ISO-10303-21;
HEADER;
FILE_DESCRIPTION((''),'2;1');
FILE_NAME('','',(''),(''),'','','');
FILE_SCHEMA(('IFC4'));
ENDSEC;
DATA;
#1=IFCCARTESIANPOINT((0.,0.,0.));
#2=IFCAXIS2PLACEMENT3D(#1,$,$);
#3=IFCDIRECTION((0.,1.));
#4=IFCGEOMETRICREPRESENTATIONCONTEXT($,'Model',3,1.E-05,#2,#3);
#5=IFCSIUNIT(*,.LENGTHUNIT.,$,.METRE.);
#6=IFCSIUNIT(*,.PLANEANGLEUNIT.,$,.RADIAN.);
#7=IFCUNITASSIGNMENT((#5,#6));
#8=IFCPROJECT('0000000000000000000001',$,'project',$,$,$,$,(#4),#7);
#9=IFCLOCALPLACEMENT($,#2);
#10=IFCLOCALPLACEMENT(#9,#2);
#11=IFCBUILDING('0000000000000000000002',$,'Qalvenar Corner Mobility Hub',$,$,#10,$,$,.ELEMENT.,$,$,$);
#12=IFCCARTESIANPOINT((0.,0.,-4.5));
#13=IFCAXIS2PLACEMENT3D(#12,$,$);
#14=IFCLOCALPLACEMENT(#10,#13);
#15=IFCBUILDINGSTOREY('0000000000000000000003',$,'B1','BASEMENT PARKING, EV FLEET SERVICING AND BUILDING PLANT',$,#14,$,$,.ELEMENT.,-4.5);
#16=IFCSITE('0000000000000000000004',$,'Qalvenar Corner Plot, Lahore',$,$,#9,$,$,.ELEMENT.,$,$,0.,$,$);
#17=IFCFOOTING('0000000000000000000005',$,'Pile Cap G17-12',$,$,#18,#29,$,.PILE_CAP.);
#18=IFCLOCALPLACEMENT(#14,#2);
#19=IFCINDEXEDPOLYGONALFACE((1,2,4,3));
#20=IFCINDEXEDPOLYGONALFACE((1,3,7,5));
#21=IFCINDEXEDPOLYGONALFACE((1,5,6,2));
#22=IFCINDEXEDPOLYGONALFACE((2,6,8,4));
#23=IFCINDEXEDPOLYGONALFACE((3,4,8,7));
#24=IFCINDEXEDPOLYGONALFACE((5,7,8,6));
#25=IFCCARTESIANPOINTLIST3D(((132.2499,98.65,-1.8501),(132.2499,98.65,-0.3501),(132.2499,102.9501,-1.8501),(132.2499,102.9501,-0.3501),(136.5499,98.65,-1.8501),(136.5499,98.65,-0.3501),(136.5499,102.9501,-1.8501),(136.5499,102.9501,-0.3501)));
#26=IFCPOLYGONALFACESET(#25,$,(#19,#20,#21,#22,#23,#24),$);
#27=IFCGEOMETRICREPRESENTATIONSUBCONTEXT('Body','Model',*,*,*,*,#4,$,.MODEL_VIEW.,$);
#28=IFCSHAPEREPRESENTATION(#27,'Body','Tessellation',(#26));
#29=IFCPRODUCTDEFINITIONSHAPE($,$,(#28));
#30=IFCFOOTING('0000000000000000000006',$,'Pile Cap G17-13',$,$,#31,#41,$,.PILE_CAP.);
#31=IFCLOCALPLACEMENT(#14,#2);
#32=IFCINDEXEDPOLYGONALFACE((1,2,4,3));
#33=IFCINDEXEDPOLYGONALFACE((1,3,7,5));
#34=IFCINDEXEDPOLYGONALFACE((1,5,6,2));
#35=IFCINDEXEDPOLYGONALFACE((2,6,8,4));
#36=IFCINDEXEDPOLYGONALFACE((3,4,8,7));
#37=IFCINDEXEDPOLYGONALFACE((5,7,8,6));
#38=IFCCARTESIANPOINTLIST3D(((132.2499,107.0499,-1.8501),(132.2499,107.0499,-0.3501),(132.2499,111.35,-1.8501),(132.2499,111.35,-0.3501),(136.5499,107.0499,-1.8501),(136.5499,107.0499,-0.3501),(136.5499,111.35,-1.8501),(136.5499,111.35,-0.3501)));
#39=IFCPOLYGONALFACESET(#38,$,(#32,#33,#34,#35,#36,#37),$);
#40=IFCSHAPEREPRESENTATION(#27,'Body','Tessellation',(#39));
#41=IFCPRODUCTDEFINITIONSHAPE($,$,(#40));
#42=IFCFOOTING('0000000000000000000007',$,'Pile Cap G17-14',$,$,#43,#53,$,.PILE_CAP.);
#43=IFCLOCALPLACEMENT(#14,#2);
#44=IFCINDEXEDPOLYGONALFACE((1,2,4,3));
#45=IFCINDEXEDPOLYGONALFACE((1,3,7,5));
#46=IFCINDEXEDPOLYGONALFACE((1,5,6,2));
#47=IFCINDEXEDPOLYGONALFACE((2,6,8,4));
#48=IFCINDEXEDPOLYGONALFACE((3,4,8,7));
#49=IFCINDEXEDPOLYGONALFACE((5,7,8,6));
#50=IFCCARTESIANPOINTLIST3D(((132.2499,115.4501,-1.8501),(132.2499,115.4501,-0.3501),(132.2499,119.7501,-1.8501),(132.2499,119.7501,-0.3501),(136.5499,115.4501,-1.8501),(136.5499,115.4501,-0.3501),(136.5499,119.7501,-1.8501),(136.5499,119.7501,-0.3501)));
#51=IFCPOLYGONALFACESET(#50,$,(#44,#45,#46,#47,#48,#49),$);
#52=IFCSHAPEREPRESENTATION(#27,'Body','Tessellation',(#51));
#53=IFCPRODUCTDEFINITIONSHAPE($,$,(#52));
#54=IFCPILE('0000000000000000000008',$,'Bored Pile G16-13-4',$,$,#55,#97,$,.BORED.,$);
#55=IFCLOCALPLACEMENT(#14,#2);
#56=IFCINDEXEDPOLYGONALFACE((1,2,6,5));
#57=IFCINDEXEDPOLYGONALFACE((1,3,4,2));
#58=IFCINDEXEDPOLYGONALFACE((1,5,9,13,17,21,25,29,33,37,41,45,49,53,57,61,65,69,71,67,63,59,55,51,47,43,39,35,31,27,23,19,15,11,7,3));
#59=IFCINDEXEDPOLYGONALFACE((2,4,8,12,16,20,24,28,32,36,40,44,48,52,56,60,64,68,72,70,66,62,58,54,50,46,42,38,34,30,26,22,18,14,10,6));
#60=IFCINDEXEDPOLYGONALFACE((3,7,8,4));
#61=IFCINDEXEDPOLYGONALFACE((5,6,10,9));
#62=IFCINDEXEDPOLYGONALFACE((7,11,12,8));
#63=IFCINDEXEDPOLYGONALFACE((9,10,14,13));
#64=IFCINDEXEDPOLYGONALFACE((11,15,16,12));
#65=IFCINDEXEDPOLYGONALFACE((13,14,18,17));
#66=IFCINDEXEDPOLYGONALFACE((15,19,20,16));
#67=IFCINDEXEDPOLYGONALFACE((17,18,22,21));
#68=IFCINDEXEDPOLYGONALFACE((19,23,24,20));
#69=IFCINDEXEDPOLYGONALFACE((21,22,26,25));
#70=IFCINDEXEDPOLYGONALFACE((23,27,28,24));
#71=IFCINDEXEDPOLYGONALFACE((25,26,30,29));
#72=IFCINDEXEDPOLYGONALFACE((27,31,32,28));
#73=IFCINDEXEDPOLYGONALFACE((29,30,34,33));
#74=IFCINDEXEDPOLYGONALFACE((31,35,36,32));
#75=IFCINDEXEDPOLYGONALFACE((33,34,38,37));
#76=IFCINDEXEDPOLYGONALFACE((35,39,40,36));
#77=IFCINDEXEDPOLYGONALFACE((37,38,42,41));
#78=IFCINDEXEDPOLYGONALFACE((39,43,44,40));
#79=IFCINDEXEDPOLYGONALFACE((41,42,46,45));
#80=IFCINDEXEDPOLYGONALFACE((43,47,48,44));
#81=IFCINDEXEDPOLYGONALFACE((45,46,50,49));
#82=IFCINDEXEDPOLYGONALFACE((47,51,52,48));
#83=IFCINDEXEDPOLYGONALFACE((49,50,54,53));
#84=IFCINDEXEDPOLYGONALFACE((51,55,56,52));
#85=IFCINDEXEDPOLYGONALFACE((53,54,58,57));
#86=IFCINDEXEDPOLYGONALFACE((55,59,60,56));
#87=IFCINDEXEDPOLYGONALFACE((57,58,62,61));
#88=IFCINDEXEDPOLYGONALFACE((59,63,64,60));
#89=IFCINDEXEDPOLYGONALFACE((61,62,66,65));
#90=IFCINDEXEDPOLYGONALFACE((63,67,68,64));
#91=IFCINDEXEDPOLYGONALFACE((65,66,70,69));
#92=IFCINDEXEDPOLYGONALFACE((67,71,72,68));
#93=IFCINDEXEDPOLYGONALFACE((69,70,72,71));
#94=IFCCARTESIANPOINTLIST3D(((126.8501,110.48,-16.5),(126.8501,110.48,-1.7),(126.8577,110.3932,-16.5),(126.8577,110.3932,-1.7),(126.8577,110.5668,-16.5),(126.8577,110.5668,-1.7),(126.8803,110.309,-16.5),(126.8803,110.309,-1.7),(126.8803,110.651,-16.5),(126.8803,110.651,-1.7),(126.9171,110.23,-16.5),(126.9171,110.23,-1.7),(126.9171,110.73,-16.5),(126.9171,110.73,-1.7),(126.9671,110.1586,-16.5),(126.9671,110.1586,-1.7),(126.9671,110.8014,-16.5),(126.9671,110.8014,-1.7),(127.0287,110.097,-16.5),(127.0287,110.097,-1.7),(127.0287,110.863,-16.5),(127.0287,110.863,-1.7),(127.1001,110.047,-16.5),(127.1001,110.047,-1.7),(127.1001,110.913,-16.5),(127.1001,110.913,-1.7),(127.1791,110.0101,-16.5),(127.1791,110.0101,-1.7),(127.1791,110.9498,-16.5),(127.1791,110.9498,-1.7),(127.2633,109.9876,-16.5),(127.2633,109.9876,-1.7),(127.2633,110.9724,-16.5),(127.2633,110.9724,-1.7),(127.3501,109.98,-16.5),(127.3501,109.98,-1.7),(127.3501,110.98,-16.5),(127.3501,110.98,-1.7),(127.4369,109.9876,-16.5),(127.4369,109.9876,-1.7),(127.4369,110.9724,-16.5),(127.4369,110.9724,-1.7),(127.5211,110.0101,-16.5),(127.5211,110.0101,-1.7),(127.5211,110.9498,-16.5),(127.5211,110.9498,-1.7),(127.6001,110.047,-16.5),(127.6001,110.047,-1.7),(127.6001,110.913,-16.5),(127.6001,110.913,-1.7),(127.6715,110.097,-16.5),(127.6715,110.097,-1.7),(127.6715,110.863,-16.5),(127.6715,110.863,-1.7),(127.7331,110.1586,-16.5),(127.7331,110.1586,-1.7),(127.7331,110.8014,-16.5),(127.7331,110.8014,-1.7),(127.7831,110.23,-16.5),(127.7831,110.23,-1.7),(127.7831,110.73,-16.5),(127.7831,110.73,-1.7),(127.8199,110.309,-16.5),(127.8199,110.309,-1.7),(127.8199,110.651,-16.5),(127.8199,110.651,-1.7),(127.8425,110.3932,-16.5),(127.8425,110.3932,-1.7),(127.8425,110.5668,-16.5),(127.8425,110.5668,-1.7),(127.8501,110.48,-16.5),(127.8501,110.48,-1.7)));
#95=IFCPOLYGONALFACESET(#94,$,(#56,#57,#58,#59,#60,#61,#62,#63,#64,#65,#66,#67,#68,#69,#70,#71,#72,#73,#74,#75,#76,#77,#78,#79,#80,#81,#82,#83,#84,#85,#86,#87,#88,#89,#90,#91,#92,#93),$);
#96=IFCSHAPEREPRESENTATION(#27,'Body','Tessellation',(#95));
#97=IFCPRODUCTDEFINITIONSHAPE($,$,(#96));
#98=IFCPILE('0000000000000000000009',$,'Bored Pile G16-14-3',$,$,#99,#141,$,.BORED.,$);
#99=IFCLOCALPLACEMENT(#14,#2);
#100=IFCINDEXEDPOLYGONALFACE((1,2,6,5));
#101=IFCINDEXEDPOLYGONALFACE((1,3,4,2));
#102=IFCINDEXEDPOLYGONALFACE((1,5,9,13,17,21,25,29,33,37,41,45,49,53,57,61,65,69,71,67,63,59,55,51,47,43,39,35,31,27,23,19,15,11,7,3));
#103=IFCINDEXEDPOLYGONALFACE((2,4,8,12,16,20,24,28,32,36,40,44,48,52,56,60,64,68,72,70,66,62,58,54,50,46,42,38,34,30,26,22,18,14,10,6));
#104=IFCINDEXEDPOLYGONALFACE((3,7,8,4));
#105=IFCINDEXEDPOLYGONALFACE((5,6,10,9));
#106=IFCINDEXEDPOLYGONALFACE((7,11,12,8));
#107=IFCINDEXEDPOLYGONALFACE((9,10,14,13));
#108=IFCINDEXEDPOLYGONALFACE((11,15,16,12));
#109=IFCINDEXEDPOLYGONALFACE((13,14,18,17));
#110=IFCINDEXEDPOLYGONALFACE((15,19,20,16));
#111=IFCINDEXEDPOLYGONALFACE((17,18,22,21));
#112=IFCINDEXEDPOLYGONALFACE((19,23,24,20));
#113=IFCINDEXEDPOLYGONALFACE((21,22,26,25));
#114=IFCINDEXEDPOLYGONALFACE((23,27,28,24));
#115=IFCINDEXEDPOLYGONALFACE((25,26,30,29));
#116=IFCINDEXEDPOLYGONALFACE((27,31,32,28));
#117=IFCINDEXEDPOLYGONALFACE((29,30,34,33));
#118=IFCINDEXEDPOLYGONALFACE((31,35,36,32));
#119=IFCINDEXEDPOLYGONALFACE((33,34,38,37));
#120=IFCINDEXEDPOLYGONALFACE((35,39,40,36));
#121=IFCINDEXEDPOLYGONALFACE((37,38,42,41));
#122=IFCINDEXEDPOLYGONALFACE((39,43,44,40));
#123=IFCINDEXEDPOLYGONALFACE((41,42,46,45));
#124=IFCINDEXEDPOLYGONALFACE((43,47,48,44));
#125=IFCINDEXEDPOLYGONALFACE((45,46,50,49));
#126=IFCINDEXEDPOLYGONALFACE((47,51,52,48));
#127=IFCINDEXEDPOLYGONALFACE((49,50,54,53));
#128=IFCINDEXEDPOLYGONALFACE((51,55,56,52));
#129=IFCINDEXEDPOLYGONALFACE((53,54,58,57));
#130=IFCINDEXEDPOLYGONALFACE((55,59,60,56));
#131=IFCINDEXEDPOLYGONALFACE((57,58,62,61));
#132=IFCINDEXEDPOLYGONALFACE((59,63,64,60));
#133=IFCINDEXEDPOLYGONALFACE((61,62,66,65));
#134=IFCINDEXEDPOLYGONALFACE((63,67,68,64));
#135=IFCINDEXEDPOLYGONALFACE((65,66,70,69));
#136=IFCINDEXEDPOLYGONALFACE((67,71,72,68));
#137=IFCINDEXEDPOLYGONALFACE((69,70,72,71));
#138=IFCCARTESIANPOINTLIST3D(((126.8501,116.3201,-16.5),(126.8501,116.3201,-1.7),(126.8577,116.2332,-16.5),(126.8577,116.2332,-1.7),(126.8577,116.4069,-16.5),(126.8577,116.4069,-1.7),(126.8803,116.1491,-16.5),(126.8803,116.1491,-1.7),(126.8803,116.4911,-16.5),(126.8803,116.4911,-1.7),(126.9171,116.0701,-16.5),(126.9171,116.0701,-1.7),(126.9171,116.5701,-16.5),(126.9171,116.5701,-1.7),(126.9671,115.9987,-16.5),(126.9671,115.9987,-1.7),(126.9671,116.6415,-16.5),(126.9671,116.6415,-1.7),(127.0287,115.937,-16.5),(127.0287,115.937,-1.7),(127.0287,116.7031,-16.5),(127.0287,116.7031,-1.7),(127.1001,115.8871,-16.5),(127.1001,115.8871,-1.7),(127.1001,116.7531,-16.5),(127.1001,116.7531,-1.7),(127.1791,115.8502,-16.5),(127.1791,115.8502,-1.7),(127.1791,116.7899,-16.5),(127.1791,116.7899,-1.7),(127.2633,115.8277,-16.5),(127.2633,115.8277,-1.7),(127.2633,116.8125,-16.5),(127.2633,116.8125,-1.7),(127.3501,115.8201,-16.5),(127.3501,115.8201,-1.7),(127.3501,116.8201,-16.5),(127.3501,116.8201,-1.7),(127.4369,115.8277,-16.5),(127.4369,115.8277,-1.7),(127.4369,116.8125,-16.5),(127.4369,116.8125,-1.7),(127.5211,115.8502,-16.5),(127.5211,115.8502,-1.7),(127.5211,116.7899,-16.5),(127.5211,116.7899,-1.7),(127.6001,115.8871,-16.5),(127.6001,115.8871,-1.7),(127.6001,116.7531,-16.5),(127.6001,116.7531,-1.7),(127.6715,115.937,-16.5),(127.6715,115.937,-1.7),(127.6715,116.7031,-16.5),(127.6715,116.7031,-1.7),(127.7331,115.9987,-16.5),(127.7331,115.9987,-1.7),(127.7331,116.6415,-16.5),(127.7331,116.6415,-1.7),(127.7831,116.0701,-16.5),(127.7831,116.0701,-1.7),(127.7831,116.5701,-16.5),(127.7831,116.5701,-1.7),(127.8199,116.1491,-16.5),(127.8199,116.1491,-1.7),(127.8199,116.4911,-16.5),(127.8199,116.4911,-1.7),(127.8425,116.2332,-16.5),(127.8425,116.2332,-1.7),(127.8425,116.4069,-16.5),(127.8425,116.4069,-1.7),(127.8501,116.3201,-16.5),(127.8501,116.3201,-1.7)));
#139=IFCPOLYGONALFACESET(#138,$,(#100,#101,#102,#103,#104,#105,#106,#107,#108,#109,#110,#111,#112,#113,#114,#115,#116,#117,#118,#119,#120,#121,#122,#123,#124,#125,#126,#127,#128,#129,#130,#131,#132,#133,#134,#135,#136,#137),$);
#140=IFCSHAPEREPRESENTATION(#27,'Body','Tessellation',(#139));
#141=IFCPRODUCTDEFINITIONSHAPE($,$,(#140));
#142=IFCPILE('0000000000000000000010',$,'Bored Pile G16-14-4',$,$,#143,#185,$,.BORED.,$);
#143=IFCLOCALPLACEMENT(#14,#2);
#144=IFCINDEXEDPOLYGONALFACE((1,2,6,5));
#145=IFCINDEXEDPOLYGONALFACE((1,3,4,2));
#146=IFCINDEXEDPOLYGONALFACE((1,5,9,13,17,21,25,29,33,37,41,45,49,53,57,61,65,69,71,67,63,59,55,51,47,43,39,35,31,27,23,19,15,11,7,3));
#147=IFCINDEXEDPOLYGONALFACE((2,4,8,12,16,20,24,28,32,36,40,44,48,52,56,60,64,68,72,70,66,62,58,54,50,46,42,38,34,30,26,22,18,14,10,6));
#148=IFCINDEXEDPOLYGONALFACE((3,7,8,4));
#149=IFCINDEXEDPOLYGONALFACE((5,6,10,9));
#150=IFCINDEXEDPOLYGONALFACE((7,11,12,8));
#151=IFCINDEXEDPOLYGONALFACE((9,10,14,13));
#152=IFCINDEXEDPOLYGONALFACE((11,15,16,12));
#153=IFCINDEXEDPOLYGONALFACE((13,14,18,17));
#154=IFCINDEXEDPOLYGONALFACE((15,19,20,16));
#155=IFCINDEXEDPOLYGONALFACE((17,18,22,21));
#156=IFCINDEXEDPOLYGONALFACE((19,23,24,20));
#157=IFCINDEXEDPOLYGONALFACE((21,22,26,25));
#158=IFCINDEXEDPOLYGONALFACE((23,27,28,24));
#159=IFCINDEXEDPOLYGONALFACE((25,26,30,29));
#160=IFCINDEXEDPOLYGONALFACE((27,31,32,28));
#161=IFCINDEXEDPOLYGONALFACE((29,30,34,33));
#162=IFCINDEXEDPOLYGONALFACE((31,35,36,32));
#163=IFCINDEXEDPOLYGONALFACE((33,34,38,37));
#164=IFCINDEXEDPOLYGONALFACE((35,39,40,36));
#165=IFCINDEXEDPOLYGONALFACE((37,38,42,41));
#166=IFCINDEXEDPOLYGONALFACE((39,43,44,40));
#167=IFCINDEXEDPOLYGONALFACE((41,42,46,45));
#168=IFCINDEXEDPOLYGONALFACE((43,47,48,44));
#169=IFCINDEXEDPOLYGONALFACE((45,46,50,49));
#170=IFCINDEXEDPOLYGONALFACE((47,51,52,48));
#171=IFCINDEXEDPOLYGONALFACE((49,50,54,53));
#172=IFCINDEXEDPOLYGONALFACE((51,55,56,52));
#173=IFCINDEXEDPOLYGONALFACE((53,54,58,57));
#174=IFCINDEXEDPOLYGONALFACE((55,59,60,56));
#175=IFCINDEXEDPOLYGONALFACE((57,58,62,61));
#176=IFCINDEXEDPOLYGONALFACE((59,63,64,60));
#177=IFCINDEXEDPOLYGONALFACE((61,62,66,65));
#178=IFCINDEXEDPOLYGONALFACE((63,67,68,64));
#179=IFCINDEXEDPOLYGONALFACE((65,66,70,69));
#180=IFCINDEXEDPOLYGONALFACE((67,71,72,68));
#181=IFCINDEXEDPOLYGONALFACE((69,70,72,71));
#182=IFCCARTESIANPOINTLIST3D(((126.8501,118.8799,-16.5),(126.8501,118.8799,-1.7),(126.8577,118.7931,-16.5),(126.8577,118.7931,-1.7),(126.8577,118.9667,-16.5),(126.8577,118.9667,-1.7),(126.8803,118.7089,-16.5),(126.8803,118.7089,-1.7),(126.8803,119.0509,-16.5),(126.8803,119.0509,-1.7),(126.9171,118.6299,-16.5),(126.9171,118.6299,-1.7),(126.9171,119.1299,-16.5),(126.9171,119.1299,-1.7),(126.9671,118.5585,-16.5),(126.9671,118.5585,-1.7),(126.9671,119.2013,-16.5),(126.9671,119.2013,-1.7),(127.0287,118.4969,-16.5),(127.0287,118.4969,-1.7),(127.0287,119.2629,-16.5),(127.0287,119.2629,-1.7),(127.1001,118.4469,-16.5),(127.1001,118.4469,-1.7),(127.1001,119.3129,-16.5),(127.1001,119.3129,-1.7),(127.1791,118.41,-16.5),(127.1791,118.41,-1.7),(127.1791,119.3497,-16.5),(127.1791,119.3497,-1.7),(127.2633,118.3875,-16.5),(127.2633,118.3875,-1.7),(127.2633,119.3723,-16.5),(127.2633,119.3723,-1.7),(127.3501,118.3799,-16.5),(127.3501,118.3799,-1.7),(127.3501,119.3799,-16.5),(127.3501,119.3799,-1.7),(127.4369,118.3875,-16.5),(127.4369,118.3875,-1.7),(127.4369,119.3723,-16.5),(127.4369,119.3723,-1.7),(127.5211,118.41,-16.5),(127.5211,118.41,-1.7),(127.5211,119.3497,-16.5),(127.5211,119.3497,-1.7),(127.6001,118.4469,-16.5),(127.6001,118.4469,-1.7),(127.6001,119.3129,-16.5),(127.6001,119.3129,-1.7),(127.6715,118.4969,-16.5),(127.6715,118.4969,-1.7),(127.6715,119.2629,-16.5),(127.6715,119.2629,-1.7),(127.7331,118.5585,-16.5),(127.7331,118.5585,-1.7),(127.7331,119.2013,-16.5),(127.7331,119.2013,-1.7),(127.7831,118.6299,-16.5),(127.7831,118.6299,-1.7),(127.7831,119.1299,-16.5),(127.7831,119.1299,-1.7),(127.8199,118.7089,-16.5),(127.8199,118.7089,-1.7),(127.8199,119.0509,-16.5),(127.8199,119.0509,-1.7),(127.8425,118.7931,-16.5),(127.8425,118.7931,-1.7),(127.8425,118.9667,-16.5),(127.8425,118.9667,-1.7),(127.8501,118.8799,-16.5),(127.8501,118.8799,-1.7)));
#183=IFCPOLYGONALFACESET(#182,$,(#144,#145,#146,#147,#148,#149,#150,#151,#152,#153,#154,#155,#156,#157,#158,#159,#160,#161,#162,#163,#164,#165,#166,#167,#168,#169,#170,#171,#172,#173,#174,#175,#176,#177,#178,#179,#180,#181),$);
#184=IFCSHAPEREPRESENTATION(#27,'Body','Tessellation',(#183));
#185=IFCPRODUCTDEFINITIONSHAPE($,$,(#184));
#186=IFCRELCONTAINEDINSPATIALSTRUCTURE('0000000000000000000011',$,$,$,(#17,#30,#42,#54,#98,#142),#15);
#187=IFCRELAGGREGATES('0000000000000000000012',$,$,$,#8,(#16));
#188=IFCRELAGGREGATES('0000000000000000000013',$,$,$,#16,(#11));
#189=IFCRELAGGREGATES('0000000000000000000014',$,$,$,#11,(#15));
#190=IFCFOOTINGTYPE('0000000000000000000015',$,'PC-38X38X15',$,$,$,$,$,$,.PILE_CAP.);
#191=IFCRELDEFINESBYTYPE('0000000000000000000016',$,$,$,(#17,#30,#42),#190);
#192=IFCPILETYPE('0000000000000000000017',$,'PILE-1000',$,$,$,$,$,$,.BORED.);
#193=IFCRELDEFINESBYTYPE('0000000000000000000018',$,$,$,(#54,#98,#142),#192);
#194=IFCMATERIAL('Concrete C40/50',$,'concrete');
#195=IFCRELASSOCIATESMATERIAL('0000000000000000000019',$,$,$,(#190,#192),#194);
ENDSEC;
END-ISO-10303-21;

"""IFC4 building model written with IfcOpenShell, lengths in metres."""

from ifc_helpers import new_model, si_unit, direction, frame, origin, origin_2d, place, context, subcontext, project, spatial, rectangle, circle, extrude, material, material_profile, profile_set, type_object, element, save


model = new_model("IFC4")

# Units and contexts
model_context = context("Model", 3, precision=1e-05, world=origin(), true_north=direction((0.0, 1.0)))
body_context = subcontext(model_context, "Body", "Model", "MODEL_VIEW")
ifc_project = project(units=[si_unit("LENGTHUNIT", "METRE"), si_unit("PLANEANGLEUNIT", "RADIAN")], contexts=[model_context])

# Site, building, storey
site_placement = place(None, origin())
site = spatial("IfcSite", under=ifc_project, at=site_placement, Name="Qalvenar Corner Plot, Lahore", CompositionType="ELEMENT", RefElevation=0.0)
building_placement = place(site_placement, origin())
building = spatial("IfcBuilding", under=site, at=building_placement, Name="Qalvenar Corner Mobility Hub", CompositionType="ELEMENT")
storey_placement = place(building_placement, frame((0.0, 0.0, -4.5)))
storey = spatial("IfcBuildingStorey", under=building, at=storey_placement, Name="B1", Description="BASEMENT PARKING, EV FLEET SERVICING AND BUILDING PLANT", CompositionType="ELEMENT", Elevation=-4.5)

# Footings
ifc_material_1 = material(Name="Concrete C40/50", Category="concrete")
footing_type_1 = type_object("IfcFootingType", Name="PC-38X38X15", PredefinedType="PILE_CAP", material=ifc_material_1)
for number, where, z_axis, x_axis, name in (
    (1, (134.3999, 100.8, -1.8501), (0.0, 0.0, 1.0), (1.0, 0.0, 0.0), "Pile Cap G17-12"),
    (2, (134.3999, 109.2, -1.8501), (0.0, 0.0, 1.0), (1.0, 0.0, 0.0), "Pile Cap G17-13"),
    (3, (134.3999, 117.6001, -1.8501), (0.0, 0.0, 1.0), (1.0, 0.0, 0.0), "Pile Cap G17-14"),
):
    element("IfcFooting", number, at=place(storey_placement, frame(where, z_axis=z_axis, x_axis=x_axis)), inside=storey, type_object=footing_type_1, Name=name, PredefinedType="PILE_CAP", context=body_context, shape_type="SweptSolid", body=[
        extrude(rectangle(XDim=4.3, YDim=4.3, at=origin_2d()), origin(), (0.0, 0.0, 1.0), 1.5),
    ])

# Piles
ifc_material_profile_1 = material_profile(ifc_material_1, circle(Radius=0.5, at=origin_2d()), Name="DIA1000")
ifc_profile_set_1 = profile_set([ifc_material_profile_1], Name="Concrete C40/50")
pile_type = type_object("IfcPileType", Name="PILE-1000", PredefinedType="BORED", material=ifc_profile_set_1)
for number, where, z_axis, x_axis, name in (
    (4, (127.3501, 110.48, -1.7), (0.0, 0.0, -1.0), (1.0, 0.0, 0.0), "Bored Pile G16-13-4"),
    (5, (127.3501, 116.3201, -1.7), (0.0, 0.0, -1.0), (1.0, 0.0, 0.0), "Bored Pile G16-14-3"),
    (6, (127.3501, 118.8799, -1.7), (0.0, 0.0, -1.0), (1.0, 0.0, 0.0), "Bored Pile G16-14-4"),
):
    element("IfcPile", number, at=place(storey_placement, frame(where, z_axis=z_axis, x_axis=x_axis)), inside=storey, type_object=pile_type, Name=name, PredefinedType="BORED", context=body_context, shape_type="SweptSolid", body=[
        extrude(circle(Radius=0.5, at=origin_2d()), origin(), (0.0, 0.0, 1.0), 14.8),
    ])

save(model, "model.ifc")
